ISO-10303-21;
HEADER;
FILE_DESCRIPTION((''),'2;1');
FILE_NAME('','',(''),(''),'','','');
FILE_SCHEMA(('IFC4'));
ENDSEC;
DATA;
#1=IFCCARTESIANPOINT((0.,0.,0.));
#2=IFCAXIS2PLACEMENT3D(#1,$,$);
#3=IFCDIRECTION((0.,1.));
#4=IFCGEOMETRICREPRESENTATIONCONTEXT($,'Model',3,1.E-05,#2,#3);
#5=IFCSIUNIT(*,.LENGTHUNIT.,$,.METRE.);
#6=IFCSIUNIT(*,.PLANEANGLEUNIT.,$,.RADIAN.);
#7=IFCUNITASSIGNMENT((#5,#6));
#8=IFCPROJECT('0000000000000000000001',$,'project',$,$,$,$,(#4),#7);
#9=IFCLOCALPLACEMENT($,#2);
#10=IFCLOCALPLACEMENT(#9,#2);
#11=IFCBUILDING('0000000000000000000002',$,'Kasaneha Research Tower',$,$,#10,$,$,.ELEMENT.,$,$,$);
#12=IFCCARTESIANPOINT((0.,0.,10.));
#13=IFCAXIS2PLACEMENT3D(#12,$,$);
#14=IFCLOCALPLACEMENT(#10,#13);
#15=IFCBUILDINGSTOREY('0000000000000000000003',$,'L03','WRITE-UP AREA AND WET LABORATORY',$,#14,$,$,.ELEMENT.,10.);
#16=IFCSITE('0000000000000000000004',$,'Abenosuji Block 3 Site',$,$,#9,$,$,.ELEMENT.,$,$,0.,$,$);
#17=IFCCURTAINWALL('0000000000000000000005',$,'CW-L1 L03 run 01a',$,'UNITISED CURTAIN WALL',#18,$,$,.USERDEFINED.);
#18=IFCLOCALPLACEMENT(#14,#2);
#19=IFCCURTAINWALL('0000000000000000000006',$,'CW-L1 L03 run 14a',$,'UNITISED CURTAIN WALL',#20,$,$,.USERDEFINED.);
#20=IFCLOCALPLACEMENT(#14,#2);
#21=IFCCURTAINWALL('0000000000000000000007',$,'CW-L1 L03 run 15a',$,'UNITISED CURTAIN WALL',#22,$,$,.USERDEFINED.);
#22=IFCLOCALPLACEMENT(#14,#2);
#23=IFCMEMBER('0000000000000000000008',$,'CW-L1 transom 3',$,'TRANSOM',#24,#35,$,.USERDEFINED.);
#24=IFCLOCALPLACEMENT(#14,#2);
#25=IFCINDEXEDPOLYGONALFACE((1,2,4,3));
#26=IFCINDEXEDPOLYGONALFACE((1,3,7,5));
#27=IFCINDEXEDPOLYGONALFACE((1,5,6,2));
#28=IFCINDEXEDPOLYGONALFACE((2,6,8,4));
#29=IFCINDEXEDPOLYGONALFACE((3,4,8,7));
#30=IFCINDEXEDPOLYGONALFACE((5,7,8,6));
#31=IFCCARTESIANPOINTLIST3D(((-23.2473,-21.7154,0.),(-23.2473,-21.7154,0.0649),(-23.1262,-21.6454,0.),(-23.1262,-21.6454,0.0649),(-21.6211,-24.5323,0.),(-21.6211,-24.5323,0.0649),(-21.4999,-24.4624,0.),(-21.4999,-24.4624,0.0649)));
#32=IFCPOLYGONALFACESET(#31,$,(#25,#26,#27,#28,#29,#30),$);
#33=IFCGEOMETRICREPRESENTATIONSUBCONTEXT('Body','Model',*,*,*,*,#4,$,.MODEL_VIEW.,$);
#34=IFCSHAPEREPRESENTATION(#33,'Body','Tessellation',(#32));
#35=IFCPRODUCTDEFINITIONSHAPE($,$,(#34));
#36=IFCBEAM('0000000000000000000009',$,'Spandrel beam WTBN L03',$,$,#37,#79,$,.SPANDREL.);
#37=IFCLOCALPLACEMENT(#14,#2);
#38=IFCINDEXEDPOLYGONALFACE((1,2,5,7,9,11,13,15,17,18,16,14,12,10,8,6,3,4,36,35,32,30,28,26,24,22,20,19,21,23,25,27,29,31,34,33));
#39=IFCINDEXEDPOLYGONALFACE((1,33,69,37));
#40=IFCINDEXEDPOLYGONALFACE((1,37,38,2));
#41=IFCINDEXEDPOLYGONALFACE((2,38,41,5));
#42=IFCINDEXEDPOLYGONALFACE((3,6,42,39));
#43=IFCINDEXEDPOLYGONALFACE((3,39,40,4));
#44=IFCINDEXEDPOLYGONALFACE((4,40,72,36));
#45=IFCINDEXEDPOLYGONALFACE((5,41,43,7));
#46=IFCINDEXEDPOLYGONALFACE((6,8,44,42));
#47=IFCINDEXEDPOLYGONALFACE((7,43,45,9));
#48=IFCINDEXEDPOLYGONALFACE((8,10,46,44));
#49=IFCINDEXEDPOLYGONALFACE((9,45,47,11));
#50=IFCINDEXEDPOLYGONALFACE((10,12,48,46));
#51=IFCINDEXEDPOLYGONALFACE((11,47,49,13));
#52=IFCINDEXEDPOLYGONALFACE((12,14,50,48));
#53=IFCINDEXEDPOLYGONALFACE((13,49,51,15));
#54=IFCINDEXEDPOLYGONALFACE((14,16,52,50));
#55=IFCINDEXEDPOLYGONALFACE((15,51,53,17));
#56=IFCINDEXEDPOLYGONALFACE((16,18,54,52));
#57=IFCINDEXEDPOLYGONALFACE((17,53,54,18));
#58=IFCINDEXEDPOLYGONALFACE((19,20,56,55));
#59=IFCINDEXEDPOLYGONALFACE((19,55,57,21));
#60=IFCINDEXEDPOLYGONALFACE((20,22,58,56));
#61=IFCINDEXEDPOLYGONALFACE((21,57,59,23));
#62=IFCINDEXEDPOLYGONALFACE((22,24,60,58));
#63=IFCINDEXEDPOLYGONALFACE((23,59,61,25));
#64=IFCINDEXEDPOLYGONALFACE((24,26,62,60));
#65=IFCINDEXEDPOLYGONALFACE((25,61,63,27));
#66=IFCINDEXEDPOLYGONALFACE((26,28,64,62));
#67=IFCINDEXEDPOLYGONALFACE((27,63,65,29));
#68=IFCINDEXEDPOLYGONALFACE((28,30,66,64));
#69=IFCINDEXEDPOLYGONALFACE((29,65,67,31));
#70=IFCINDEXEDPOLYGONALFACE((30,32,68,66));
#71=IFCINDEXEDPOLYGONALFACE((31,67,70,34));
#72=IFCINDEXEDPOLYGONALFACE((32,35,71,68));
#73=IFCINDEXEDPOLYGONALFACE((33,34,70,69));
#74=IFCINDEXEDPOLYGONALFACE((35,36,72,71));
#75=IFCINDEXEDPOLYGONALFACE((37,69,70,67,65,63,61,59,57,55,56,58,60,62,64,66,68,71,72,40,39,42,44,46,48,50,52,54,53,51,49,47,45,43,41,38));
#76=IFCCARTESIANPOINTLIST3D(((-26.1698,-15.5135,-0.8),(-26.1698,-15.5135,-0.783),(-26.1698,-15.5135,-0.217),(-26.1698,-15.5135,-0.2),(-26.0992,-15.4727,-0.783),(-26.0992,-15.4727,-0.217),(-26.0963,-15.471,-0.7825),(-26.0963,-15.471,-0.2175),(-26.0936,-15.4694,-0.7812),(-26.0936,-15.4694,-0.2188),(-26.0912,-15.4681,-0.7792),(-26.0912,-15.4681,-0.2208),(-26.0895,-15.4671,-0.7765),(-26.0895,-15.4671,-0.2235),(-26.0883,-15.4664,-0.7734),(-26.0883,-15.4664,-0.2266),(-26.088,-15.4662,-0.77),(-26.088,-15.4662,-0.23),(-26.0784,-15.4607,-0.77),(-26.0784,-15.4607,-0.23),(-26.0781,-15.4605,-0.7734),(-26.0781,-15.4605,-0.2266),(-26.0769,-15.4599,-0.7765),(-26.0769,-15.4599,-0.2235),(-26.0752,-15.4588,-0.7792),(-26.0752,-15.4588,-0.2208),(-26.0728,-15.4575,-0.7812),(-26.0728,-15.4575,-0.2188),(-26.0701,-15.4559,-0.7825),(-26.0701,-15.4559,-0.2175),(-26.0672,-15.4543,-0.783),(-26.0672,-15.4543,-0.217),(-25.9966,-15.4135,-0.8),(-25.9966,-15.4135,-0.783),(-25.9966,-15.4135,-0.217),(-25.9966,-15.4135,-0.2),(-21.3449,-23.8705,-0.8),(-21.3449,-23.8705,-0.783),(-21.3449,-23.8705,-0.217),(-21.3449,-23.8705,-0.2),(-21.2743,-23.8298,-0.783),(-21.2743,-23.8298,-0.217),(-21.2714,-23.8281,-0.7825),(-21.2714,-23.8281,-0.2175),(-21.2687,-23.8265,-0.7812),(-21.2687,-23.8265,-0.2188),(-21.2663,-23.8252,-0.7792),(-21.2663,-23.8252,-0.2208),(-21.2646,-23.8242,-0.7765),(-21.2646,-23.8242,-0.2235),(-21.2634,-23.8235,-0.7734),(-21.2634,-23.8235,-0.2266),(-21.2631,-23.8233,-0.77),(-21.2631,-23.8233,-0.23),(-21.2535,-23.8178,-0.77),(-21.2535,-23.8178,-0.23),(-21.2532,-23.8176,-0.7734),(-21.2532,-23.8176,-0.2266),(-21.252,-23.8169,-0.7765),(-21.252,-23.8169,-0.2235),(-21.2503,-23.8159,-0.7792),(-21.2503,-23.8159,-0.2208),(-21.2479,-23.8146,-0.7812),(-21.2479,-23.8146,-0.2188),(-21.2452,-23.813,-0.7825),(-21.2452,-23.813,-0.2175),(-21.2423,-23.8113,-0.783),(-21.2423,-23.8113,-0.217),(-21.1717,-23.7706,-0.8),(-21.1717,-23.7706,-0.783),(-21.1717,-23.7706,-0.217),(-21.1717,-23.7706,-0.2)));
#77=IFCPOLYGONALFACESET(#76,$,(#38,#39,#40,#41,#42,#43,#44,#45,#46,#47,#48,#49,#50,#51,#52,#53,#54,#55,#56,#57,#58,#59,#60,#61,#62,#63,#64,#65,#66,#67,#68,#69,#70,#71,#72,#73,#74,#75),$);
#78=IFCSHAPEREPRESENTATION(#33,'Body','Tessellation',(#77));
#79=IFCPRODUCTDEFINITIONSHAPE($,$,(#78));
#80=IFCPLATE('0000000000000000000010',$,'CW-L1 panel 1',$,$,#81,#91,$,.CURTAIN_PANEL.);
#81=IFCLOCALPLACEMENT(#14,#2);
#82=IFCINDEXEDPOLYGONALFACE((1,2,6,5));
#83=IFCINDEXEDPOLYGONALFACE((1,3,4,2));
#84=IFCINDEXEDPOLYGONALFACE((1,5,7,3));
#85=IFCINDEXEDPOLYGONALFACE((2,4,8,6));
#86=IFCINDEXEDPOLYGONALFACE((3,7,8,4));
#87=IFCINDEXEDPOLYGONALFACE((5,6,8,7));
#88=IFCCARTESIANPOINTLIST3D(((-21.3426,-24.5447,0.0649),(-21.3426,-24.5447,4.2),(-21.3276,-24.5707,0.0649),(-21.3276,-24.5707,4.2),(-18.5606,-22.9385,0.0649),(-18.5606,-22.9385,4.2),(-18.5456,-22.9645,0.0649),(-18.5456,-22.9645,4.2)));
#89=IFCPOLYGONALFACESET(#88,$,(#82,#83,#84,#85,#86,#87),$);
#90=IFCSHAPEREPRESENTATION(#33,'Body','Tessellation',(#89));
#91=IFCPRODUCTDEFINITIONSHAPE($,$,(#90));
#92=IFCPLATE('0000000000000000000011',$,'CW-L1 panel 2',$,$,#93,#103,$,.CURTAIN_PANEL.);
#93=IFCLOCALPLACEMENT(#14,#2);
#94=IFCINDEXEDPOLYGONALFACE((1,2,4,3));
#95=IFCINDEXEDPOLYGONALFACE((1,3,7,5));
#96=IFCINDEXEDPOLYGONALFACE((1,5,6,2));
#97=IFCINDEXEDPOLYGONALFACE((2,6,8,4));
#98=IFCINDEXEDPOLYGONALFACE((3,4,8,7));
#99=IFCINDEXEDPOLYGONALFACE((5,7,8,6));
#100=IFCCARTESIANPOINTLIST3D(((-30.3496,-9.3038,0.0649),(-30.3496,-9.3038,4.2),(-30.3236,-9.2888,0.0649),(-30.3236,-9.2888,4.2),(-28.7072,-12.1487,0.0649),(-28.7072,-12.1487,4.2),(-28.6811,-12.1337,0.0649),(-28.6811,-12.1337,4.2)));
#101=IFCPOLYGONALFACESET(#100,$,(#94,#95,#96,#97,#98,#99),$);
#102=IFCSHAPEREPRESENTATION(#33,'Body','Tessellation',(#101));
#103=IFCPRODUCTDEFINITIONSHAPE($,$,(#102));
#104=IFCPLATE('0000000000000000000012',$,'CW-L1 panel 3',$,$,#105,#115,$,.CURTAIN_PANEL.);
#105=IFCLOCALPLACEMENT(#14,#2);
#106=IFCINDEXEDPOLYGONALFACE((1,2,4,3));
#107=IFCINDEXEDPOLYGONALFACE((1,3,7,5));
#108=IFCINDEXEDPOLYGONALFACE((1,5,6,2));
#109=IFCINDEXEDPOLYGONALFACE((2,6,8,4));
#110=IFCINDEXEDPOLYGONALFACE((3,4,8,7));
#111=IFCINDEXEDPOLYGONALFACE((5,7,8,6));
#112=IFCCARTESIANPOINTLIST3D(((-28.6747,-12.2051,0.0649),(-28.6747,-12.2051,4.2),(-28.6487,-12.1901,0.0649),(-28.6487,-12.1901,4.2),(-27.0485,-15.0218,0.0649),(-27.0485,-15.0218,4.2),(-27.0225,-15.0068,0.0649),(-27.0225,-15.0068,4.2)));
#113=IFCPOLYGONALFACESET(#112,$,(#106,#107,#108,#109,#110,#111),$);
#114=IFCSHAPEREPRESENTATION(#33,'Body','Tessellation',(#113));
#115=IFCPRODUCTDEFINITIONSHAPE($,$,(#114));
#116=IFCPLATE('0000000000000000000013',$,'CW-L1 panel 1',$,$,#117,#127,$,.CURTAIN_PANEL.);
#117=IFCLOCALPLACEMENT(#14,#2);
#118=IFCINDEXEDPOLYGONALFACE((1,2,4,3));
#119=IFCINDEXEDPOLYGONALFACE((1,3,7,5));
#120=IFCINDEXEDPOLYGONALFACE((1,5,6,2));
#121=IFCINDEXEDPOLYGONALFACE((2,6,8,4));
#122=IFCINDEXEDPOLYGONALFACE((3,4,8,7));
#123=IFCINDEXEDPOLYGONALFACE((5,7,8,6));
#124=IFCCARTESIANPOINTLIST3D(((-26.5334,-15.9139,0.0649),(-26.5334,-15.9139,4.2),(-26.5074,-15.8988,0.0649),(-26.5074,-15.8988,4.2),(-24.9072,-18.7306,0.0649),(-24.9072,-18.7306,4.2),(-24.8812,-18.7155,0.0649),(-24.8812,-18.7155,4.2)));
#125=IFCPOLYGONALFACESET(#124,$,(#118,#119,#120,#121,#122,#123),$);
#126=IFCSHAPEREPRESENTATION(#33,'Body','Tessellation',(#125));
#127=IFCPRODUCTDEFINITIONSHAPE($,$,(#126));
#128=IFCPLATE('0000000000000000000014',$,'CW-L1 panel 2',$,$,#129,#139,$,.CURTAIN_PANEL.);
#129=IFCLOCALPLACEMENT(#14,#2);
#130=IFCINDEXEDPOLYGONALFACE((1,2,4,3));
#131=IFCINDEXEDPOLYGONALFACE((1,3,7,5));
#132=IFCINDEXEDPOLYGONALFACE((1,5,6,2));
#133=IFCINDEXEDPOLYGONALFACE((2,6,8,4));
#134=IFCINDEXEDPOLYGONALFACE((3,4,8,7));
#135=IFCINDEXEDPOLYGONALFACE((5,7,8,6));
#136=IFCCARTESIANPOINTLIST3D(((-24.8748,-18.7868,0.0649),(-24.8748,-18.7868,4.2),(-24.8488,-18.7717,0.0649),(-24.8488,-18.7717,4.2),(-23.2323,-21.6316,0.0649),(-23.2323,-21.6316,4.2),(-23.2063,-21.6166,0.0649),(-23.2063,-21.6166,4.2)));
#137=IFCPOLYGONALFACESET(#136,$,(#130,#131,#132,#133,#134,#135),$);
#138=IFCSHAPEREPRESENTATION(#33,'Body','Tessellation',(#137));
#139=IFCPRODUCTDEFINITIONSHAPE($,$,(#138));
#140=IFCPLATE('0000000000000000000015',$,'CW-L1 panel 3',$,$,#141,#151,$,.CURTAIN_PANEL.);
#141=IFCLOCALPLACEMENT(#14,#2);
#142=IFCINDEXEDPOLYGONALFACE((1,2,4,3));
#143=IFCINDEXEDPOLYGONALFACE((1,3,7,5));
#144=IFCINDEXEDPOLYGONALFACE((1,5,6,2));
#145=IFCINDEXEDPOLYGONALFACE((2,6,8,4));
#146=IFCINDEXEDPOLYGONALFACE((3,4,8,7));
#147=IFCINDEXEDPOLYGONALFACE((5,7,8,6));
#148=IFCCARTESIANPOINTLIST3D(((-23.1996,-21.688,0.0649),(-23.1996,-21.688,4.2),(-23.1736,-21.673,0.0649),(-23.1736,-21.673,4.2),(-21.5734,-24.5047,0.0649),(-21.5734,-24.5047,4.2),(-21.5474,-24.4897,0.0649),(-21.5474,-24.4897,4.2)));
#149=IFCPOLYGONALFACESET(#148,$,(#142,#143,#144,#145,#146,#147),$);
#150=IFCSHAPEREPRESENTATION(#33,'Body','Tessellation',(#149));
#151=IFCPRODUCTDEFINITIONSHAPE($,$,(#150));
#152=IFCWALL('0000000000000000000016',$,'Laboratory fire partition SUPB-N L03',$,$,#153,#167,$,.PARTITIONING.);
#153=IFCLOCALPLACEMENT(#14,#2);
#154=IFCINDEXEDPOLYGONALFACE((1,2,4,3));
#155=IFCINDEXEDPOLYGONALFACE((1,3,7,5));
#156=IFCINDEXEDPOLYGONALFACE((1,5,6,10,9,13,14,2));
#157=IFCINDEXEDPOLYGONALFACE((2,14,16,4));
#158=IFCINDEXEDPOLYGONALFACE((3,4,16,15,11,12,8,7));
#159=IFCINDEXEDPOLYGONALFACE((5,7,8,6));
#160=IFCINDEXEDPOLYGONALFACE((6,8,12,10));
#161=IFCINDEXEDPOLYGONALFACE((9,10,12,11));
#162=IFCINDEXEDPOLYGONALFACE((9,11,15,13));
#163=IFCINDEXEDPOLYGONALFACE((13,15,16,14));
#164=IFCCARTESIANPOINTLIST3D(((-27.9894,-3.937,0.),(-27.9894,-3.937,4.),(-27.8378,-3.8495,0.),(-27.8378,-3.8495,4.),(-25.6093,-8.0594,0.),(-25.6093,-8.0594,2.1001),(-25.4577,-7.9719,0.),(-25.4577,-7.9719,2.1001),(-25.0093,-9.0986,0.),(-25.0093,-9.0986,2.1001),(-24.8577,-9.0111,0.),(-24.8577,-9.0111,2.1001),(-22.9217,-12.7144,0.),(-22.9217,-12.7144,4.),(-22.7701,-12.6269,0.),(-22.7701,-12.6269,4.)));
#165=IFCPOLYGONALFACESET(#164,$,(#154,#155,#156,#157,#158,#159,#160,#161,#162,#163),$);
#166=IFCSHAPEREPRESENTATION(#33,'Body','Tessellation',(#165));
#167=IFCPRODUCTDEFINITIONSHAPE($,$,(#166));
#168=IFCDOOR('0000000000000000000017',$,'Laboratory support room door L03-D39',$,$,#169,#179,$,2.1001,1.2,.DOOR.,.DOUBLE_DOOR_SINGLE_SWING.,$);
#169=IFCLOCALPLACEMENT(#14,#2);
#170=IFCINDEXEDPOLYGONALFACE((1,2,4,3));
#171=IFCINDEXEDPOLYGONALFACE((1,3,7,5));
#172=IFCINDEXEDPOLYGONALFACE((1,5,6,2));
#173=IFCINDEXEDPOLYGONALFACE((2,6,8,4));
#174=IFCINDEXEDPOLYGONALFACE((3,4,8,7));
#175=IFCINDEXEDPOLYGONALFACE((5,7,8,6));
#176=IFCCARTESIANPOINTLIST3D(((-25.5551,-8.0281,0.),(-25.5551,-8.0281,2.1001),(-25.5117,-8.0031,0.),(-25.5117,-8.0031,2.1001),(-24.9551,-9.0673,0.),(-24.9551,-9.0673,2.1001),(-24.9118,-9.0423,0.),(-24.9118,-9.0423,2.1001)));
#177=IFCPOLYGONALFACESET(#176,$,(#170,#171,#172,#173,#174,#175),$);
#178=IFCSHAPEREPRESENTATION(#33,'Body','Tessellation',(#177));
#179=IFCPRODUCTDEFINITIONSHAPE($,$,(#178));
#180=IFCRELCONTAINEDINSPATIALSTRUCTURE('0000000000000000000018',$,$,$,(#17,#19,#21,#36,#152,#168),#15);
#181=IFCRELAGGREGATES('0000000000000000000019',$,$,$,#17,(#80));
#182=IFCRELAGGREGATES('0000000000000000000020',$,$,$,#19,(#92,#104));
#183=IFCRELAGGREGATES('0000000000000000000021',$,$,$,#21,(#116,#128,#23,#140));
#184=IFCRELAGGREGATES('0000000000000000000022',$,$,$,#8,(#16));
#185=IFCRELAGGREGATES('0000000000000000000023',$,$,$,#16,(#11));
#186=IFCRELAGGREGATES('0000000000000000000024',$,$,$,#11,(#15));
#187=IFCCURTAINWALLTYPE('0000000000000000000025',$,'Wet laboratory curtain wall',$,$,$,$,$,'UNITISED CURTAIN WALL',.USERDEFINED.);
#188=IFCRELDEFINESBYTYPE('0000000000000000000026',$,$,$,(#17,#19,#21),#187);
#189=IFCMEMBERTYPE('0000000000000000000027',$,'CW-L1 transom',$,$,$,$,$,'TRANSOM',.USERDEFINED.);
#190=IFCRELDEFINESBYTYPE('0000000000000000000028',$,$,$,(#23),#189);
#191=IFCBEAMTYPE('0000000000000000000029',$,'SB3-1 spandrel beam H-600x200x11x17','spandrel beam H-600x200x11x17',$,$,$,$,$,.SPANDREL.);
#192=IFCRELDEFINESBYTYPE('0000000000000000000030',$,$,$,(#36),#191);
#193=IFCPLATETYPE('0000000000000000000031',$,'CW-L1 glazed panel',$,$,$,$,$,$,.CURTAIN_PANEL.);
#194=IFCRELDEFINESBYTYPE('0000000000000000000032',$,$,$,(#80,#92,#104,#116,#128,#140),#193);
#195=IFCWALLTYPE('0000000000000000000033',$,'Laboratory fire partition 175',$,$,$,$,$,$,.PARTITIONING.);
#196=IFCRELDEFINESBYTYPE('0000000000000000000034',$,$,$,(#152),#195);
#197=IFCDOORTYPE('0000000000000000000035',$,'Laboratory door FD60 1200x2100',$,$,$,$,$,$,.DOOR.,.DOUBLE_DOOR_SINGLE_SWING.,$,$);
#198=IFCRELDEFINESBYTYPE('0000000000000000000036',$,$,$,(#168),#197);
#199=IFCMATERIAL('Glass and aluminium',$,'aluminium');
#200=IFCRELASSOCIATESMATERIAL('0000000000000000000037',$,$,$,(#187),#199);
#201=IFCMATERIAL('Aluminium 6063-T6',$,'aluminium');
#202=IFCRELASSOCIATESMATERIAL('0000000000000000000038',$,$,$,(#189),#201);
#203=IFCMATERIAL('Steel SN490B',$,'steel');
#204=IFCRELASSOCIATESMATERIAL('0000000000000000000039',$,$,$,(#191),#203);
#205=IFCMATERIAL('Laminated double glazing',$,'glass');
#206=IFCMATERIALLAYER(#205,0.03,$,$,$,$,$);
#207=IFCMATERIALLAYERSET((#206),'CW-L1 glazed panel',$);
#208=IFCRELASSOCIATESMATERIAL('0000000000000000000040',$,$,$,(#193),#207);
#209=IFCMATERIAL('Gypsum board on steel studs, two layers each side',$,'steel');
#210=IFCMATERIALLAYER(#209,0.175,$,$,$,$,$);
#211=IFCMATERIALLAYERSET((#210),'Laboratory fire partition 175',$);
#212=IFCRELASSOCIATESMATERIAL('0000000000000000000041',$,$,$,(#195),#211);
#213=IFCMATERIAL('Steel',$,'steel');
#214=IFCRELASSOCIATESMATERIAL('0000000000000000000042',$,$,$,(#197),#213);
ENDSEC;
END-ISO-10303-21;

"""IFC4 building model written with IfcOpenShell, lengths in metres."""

from ifc_helpers import new_model, si_unit, direction, frame, frame_2d, origin, origin_2d, place, context, subcontext, project, spatial, rectangle, i_section, extrude, material, layer, layer_set, material_profile, profile_set, type_object, element, fill, aggregate, save


model = new_model("IFC4")

# Units and contexts
model_context = context("Model", 3, precision=1e-05, world=origin(), true_north=direction((0.0, 1.0)))
body_context = subcontext(model_context, "Body", "Model", "MODEL_VIEW")
ifc_project = project(units=[si_unit("LENGTHUNIT", "METRE"), si_unit("PLANEANGLEUNIT", "RADIAN")], contexts=[model_context])

# Site, building, storey
site_placement = place(None, origin())
site = spatial("IfcSite", under=ifc_project, at=site_placement, Name="Abenosuji Block 3 Site", CompositionType="ELEMENT", RefElevation=0.0)
building_placement = place(site_placement, origin())
building = spatial("IfcBuilding", under=site, at=building_placement, Name="Kasaneha Research Tower", CompositionType="ELEMENT")
storey_placement = place(building_placement, frame((0.0, 0.0, 10.0)))
storey = spatial("IfcBuildingStorey", under=building, at=storey_placement, Name="L03", Description="WRITE-UP AREA AND WET LABORATORY", CompositionType="ELEMENT", Elevation=10.0)

# Curtain wall
ifc_material_1 = material(Name="Glass and aluminium", Category="aluminium")
curtain_wall_type = type_object("IfcCurtainWallType", Name="Wet laboratory curtain wall", ElementType="UNITISED CURTAIN WALL", PredefinedType="USERDEFINED", material=ifc_material_1)
curtain_wall_1_placement = place(storey_placement, origin())
curtain_wall_1 = element("IfcCurtainWall", 1, at=curtain_wall_1_placement, inside=storey, type_object=curtain_wall_type, Name="CW-L1 L03 run 01a", ObjectType="UNITISED CURTAIN WALL", PredefinedType="USERDEFINED")

# Curtain walls
curtain_wall_2_placement = place(storey_placement, origin())
curtain_wall_2 = element("IfcCurtainWall", 2, at=curtain_wall_2_placement, inside=storey, type_object=curtain_wall_type, Name="CW-L1 L03 run 14a", ObjectType="UNITISED CURTAIN WALL", PredefinedType="USERDEFINED")
curtain_wall_3_placement = place(storey_placement, origin())
curtain_wall_3 = element("IfcCurtainWall", 3, at=curtain_wall_3_placement, inside=storey, type_object=curtain_wall_type, Name="CW-L1 L03 run 15a", ObjectType="UNITISED CURTAIN WALL", PredefinedType="USERDEFINED")

# Member
ifc_material_2 = material(Name="Aluminium 6063-T6", Category="aluminium")
ifc_material_profile_1 = material_profile(ifc_material_2, rectangle(XDim=0.1399, YDim=0.0649, at=origin_2d()), Name="CW-L1 transom 140x65")
ifc_profile_set_1 = profile_set([ifc_material_profile_1], Name="Aluminium 6063-T6")
member_type_1 = type_object("IfcMemberType", Name="CW-L1 transom", ElementType="TRANSOM", PredefinedType="USERDEFINED", material=ifc_profile_set_1)
member_1_placement = place(storey_placement, frame((-23.1868, -21.6804, 0.0325), z_axis=(0.499974, -0.866041, 0.0), x_axis=(0.866041, 0.499974, 0.0)))
member_1 = element("IfcMember", 4, at=member_1_placement, type_object=member_type_1, Name="CW-L1 transom 3", ObjectType="TRANSOM", PredefinedType="USERDEFINED", context=body_context, shape_type="SweptSolid", body=[
    extrude(rectangle(XDim=0.1399, YDim=0.0649, at=origin_2d()), origin(), (0.0, 0.0, 1.0), 3.2527),
])

# Beam
ifc_material_3 = material(Name="Steel SN490B", Category="steel")
ifc_material_profile_2 = material_profile(ifc_material_3, i_section(OverallWidth=0.2, OverallDepth=0.6001, WebThickness=0.011, FlangeThickness=0.0171, FilletRadius=0.0129, at=origin_2d()), Name="H-600x200x11x17")
ifc_profile_set_2 = profile_set([ifc_material_profile_2], Name="Steel SN490B")
beam_type = type_object("IfcBeamType", Name="SB3-1 spandrel beam H-600x200x11x17", Description="spandrel beam H-600x200x11x17", PredefinedType="SPANDREL", material=ifc_profile_set_2)
beam_placement = place(storey_placement, frame((-21.2583, -23.8206, -0.5), z_axis=(-0.499995, 0.866028, 0.0), x_axis=(-0.866028, -0.499995, 0.0)))
element("IfcBeam", 5, at=beam_placement, inside=storey, type_object=beam_type, Name="Spandrel beam WTBN L03", PredefinedType="SPANDREL", context=body_context, shape_type="SweptSolid", body=[
    extrude(i_section(OverallWidth=0.2, OverallDepth=0.6001, WebThickness=0.011, FlangeThickness=0.0171, FilletRadius=0.0129, at=origin_2d()), origin(), (0.0, 0.0, 1.0), 9.6499),
])

# Plates
ifc_material_4 = material(Name="Laminated double glazing", Category="glass")
ifc_layer_1 = layer(ifc_material_4, 0.03)
ifc_layer_set_1 = layer_set([ifc_layer_1], Name="CW-L1 glazed panel")
plate_type = type_object("IfcPlateType", Name="CW-L1 glazed panel", PredefinedType="CURTAIN_PANEL", material=ifc_layer_set_1)
plate_1_placement = place(storey_placement, frame((-19.9441, -23.7546, 0.0649), z_axis=(0.0, 0.0, 1.0), x_axis=(0.866025, 0.5, 0.0)))
plate_1 = element("IfcPlate", 6, at=plate_1_placement, type_object=plate_type, Name="CW-L1 panel 1", PredefinedType="CURTAIN_PANEL", context=body_context, shape_type="SweptSolid", body=[
    extrude(rectangle(XDim=3.2124, YDim=0.03, at=origin_2d()), origin(), (0.0, 0.0, 1.0), 4.135),
])
aggregate(curtain_wall_1, [plate_1])
plate_2_placement = place(storey_placement, frame((-29.5154, -10.7188, 0.0649), z_axis=(0.0, 0.0, 1.0), x_axis=(0.5, -0.866025, 0.0)))
plate_2 = element("IfcPlate", 7, at=plate_2_placement, type_object=plate_type, Name="CW-L1 panel 2", PredefinedType="CURTAIN_PANEL", context=body_context, shape_type="SweptSolid", body=[
    extrude(rectangle(XDim=3.2849, YDim=0.03, at=origin_2d()), origin(), (0.0, 0.0, 1.0), 4.135),
])
plate_3_placement = place(storey_placement, frame((-27.8486, -13.606, 0.0649), z_axis=(0.0, 0.0, 1.0), x_axis=(0.5, -0.866025, 0.0)))
plate_3 = element("IfcPlate", 8, at=plate_3_placement, type_object=plate_type, Name="CW-L1 panel 3", PredefinedType="CURTAIN_PANEL", context=body_context, shape_type="SweptSolid", body=[
    extrude(rectangle(XDim=3.2524, YDim=0.03, at=origin_2d()), origin(), (0.0, 0.0, 1.0), 4.135),
])
aggregate(curtain_wall_2, [plate_2, plate_3])
plate_4_placement = place(storey_placement, frame((-25.7073, -17.3147, 0.0649), z_axis=(0.0, 0.0, 1.0), x_axis=(0.5, -0.866025, 0.0)))
plate_4 = element("IfcPlate", 9, at=plate_4_placement, type_object=plate_type, Name="CW-L1 panel 1", PredefinedType="CURTAIN_PANEL", context=body_context, shape_type="SweptSolid", body=[
    extrude(rectangle(XDim=3.2524, YDim=0.03, at=origin_2d()), origin(), (0.0, 0.0, 1.0), 4.135),
])
plate_5_placement = place(storey_placement, frame((-24.0405, -20.2017, 0.0649), z_axis=(0.0, 0.0, 1.0), x_axis=(0.5, -0.866025, 0.0)))
plate_5 = element("IfcPlate", 10, at=plate_5_placement, type_object=plate_type, Name="CW-L1 panel 2", PredefinedType="CURTAIN_PANEL", context=body_context, shape_type="SweptSolid", body=[
    extrude(rectangle(XDim=3.2849, YDim=0.03, at=origin_2d()), origin(), (0.0, 0.0, 1.0), 4.135),
])
plate_6_placement = place(storey_placement, frame((-22.3735, -23.0889, 0.0649), z_axis=(0.0, 0.0, 1.0), x_axis=(0.5, -0.866025, 0.0)))
plate_6 = element("IfcPlate", 11, at=plate_6_placement, type_object=plate_type, Name="CW-L1 panel 3", PredefinedType="CURTAIN_PANEL", context=body_context, shape_type="SweptSolid", body=[
    extrude(rectangle(XDim=3.2524, YDim=0.03, at=origin_2d()), origin(), (0.0, 0.0, 1.0), 4.135),
])
aggregate(curtain_wall_3, [plate_4, plate_5, member_1, plate_6])

# Wall, opening, door
ifc_material_5 = material(Name="Gypsum board on steel studs, two layers each side", Category="steel")
ifc_layer_2 = layer(ifc_material_5, 0.175)
ifc_layer_set_2 = layer_set([ifc_layer_2], Name="Laboratory fire partition 175")
wall_type = type_object("IfcWallType", Name="Laboratory fire partition 175", PredefinedType="PARTITIONING", material=ifc_layer_set_2)
wall_1_placement = place(storey_placement, frame((-22.8459, -12.6707, 0.0), z_axis=(0.0, 0.0, 1.0), x_axis=(-0.500002, 0.866024, 0.0)))
wall_1 = element("IfcWall", 12, at=wall_1_placement, inside=storey, type_object=wall_type, Name="Laboratory fire partition SUPB-N L03", PredefinedType="PARTITIONING", context=body_context, shape_type="SweptSolid", body=[
    extrude(rectangle(XDim=10.1353, YDim=0.175, at=frame_2d((5.0676, 0.0))), origin(), (0.0, 0.0, 1.0), 4.0),
])
opening_1_placement = place(wall_1_placement, frame((4.175, 0.0, 0.0)))
opening_1 = element("IfcOpeningElement", 13, at=opening_1_placement, cuts=wall_1, PredefinedType="OPENING", context=body_context, shape_type="SweptSolid", body=[
    extrude(rectangle(XDim=1.2, YDim=2.1001, at=frame_2d((0.6001, 1.05))), frame((0.0, 0.0977, 0.0), z_axis=(0.0, -1.0, 0.0), x_axis=(1.0, 0.0, 0.0)), (0.0, 0.0, 1.0), 0.1951),
])
ifc_material_6 = material(Name="Steel", Category="steel")
door_type = type_object("IfcDoorType", Name="Laboratory door FD60 1200x2100", OperationType="DOUBLE_DOOR_SINGLE_SWING", PredefinedType="DOOR", material=ifc_material_6)
door_1_placement = place(opening_1_placement, origin())
door_1 = element("IfcDoor", 14, at=door_1_placement, inside=storey, type_object=door_type, Name="Laboratory support room door L03-D39", OperationType="DOUBLE_DOOR_SINGLE_SWING", OverallHeight=2.1001, OverallWidth=1.2, PredefinedType="DOOR", context=body_context, shape_type="SweptSolid", body=[
    extrude(rectangle(XDim=1.2, YDim=2.1001, at=frame_2d((0.6001, 1.05))), frame((0.0, 0.0249, 0.0), z_axis=(0.0, -1.0, 0.0), x_axis=(1.0, 0.0, 0.0)), (0.0, 0.0, 1.0), 0.05),
])
fill(opening_1, door_1)

save(model, "model.ifc")
